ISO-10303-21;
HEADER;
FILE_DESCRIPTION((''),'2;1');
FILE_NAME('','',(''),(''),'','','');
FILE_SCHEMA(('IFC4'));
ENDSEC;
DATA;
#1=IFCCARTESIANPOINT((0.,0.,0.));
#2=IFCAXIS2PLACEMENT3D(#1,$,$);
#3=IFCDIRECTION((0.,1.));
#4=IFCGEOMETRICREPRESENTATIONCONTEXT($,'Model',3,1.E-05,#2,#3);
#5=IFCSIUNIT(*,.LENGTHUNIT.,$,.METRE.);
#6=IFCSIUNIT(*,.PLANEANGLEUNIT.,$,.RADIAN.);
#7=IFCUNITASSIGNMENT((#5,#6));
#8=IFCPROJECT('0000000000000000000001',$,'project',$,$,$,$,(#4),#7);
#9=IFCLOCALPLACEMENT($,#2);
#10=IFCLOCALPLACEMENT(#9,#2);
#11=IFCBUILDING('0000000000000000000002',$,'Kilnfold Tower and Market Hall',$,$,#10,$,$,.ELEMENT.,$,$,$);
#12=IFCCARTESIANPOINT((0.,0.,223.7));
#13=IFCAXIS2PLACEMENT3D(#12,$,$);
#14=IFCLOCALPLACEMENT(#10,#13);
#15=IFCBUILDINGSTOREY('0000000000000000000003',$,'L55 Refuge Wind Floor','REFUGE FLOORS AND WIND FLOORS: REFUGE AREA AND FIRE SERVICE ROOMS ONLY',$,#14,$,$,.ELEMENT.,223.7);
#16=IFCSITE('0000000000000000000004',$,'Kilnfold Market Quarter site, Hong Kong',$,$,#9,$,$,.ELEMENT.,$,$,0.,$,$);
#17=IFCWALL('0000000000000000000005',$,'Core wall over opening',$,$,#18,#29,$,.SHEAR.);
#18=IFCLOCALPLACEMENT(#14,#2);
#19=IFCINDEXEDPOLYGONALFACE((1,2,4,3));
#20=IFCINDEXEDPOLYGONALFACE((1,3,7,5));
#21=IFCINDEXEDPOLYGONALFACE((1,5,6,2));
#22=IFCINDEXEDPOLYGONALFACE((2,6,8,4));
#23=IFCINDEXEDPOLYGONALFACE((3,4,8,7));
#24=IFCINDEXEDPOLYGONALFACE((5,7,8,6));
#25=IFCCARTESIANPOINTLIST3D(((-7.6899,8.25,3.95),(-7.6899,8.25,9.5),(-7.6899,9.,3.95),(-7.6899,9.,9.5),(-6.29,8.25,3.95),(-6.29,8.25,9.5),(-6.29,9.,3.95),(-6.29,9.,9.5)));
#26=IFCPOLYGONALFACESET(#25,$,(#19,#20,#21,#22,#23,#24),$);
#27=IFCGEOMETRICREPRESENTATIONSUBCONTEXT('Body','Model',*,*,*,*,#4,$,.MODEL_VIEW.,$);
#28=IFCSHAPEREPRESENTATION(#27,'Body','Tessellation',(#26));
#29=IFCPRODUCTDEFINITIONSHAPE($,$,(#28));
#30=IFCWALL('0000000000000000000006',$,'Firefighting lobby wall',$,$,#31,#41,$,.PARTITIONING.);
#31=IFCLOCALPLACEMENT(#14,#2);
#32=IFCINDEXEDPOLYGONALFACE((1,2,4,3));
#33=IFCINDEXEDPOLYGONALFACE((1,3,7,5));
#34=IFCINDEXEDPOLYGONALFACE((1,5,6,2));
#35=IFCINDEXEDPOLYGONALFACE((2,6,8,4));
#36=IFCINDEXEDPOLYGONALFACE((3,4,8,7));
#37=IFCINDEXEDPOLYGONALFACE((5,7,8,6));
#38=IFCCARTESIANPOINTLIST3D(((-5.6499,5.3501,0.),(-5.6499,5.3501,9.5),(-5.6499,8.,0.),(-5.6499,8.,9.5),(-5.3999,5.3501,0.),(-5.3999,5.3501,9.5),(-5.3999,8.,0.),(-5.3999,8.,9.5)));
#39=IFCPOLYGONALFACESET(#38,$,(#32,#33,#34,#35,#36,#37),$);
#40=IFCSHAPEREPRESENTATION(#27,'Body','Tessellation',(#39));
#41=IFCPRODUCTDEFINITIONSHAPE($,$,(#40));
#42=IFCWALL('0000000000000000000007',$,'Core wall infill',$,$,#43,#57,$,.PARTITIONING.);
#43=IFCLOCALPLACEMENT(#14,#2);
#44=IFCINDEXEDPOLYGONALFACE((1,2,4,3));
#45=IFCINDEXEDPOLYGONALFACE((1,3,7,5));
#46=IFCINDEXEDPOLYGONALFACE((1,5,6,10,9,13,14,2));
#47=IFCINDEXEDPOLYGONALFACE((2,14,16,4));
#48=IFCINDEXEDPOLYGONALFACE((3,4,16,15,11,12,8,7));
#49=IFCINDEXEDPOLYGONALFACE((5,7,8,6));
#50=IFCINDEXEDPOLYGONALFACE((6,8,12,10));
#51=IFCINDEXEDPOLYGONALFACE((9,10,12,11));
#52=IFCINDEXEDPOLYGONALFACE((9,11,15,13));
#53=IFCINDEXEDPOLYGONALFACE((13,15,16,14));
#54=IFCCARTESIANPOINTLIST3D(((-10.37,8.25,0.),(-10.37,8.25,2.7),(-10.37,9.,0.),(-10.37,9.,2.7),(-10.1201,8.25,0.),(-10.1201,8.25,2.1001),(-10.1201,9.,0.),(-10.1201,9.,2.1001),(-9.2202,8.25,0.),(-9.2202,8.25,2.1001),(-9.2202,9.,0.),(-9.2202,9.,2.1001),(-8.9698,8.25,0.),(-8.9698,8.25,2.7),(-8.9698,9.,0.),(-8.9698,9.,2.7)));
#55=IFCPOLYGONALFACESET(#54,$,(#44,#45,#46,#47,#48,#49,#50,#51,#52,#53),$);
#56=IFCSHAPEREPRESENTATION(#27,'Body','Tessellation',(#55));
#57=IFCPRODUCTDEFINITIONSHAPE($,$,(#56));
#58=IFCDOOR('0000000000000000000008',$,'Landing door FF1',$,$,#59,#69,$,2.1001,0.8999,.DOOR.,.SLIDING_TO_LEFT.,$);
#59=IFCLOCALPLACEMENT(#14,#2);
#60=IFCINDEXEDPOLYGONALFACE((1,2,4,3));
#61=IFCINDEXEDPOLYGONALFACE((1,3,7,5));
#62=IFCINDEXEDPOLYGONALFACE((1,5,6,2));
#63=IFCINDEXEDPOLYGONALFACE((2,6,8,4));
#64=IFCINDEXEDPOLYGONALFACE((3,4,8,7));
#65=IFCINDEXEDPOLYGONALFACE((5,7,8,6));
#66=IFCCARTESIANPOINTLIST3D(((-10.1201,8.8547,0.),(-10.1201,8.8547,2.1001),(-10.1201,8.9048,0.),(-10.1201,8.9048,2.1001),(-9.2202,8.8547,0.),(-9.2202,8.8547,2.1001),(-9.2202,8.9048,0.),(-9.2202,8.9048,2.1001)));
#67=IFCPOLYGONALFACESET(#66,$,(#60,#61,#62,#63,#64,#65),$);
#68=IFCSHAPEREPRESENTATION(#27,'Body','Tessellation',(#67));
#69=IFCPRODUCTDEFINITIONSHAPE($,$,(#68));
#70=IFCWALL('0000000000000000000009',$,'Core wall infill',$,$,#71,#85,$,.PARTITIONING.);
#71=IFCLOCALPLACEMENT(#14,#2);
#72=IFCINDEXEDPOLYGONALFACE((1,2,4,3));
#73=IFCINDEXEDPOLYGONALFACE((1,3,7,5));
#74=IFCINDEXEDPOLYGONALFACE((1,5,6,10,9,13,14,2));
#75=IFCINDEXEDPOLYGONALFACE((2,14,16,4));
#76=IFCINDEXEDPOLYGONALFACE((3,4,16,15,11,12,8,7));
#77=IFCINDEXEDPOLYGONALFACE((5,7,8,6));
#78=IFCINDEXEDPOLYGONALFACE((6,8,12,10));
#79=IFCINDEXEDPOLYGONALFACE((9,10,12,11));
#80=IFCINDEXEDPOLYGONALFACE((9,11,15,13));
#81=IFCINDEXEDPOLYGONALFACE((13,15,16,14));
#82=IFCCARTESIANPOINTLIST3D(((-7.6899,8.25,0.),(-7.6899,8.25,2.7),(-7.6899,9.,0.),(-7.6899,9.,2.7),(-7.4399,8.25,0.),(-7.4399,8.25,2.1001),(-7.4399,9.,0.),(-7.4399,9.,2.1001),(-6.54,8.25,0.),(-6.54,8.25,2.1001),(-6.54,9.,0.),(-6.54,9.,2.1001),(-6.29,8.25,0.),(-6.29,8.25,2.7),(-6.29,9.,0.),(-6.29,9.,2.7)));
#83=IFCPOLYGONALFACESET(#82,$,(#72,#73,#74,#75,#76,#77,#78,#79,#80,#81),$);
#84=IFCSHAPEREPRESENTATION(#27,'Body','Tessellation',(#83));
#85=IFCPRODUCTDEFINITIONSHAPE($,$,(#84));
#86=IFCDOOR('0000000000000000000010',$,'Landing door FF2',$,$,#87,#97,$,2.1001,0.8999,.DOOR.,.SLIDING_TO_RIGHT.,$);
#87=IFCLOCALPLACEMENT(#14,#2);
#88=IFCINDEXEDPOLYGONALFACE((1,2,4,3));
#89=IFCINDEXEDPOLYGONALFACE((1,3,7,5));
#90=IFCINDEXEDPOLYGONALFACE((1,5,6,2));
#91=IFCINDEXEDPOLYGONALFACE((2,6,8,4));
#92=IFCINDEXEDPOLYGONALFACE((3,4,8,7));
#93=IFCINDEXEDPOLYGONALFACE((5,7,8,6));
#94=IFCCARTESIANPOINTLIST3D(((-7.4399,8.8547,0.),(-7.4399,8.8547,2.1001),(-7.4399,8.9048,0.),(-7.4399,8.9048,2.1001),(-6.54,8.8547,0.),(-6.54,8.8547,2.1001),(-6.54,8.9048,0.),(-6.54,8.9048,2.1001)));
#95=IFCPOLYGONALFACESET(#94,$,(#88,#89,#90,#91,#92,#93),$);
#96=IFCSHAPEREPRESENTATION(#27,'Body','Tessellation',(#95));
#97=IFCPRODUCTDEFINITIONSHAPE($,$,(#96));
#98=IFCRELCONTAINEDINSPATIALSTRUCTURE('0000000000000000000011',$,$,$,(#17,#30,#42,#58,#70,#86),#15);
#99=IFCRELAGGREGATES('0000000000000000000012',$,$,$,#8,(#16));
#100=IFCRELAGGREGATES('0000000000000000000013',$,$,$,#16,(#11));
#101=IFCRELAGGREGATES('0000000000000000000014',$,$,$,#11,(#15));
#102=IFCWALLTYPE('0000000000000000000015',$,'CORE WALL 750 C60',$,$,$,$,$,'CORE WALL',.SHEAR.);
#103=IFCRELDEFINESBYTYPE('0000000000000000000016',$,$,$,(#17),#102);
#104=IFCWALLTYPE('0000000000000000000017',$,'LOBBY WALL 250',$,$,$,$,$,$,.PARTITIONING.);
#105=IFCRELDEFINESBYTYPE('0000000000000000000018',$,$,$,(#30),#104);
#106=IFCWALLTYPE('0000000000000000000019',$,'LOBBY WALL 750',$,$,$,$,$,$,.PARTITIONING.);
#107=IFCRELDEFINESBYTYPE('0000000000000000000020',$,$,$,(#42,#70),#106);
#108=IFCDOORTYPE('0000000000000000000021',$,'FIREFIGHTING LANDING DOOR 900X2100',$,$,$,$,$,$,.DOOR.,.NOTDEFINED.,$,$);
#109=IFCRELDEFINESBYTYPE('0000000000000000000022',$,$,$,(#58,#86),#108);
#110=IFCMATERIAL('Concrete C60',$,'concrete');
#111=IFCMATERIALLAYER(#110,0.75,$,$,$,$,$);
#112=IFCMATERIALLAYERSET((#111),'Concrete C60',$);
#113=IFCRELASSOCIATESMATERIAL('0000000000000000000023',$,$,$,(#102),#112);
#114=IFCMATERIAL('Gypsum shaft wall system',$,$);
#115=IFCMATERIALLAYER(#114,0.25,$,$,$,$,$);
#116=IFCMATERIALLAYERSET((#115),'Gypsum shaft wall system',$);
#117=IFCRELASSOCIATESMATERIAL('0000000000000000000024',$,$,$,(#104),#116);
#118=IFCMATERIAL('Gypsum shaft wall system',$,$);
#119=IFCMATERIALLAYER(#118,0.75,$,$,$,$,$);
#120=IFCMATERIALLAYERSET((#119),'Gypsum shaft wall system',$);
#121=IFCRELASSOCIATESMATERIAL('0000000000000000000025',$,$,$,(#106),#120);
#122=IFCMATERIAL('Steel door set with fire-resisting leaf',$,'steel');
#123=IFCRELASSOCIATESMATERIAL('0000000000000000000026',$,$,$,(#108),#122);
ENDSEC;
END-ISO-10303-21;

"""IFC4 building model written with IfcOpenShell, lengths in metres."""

from ifc_helpers import new_model, si_unit, direction, frame, frame_2d, origin, place, context, subcontext, project, spatial, rectangle, extrude, source, transform, mapped, material, layer, layer_set, type_object, element, fill, save


model = new_model("IFC4")

# Units and contexts
model_context = context("Model", 3, precision=1e-05, world=origin(), true_north=direction((0.0, 1.0)))
body_context = subcontext(model_context, "Body", "Model", "MODEL_VIEW")
ifc_project = project(units=[si_unit("LENGTHUNIT", "METRE"), si_unit("PLANEANGLEUNIT", "RADIAN")], contexts=[model_context])

# Site, building, storey
site_placement = place(None, origin())
site = spatial("IfcSite", under=ifc_project, at=site_placement, Name="Kilnfold Market Quarter site, Hong Kong", CompositionType="ELEMENT", RefElevation=0.0)
building_placement = place(site_placement, origin())
building = spatial("IfcBuilding", under=site, at=building_placement, Name="Kilnfold Tower and Market Hall", CompositionType="ELEMENT")
storey_placement = place(building_placement, frame((0.0, 0.0, 223.7)))
storey = spatial("IfcBuildingStorey", under=building, at=storey_placement, Name="L55 Refuge Wind Floor", Description="REFUGE FLOORS AND WIND FLOORS: REFUGE AREA AND FIRE SERVICE ROOMS ONLY", CompositionType="ELEMENT", Elevation=223.7)

# Walls
ifc_material_1 = material(Name="Concrete C60", Category="concrete")
ifc_layer_1 = layer(ifc_material_1, 0.75)
ifc_layer_set_1 = layer_set([ifc_layer_1], Name="Concrete C60")
wall_type_1 = type_object("IfcWallType", Name="CORE WALL 750 C60", ElementType="CORE WALL", PredefinedType="SHEAR", material=ifc_layer_set_1)
shared_shape_1 = source(origin(), body_context, "Body", "SweptSolid", [
    extrude(rectangle(XDim=1.3999, YDim=0.75, at=frame_2d((0.7, 0.0))), origin(), (0.0, 0.0, 1.0), 5.55),
])
wall_1_placement = place(storey_placement, frame((-7.6899, 8.625, 3.95), z_axis=(0.0, 0.0, 1.0), x_axis=(1.0, 0.0, 0.0)))
element("IfcWall", 1, at=wall_1_placement, inside=storey, type_object=wall_type_1, Name="Core wall over opening", PredefinedType="SHEAR", context=body_context, shape_type="MappedRepresentation", body=[
    mapped(shared_shape_1, transform((0.0, 0.0, 0.0))),
])
ifc_material_2 = material(Name="Gypsum shaft wall system")
ifc_layer_2 = layer(ifc_material_2, 0.25)
ifc_layer_set_2 = layer_set([ifc_layer_2], Name="Gypsum shaft wall system")
wall_type_2 = type_object("IfcWallType", Name="LOBBY WALL 250", PredefinedType="PARTITIONING", material=ifc_layer_set_2)
shared_shape_2 = source(origin(), body_context, "Body", "SweptSolid", [
    extrude(rectangle(XDim=2.6499, YDim=0.25, at=frame_2d((1.325, 0.0))), origin(), (0.0, 0.0, 1.0), 9.5),
])
wall_2_placement = place(storey_placement, frame((-5.5249, 5.3501, 0.0), z_axis=(0.0, 0.0, 1.0), x_axis=(0.0, 1.0, 0.0)))
element("IfcWall", 2, at=wall_2_placement, inside=storey, type_object=wall_type_2, Name="Firefighting lobby wall", PredefinedType="PARTITIONING", context=body_context, shape_type="MappedRepresentation", body=[
    mapped(shared_shape_2, transform((0.0, 0.0, 0.0))),
])

# Walls, openings, doors
ifc_material_3 = material(Name="Gypsum shaft wall system")
ifc_layer_3 = layer(ifc_material_3, 0.75)
ifc_layer_set_3 = layer_set([ifc_layer_3], Name="Gypsum shaft wall system")
wall_type_3 = type_object("IfcWallType", Name="LOBBY WALL 750", PredefinedType="PARTITIONING", material=ifc_layer_set_3)
shared_shape_3 = source(origin(), body_context, "Body", "SweptSolid", [
    extrude(rectangle(XDim=1.4001, YDim=0.75, at=frame_2d((0.7002, 0.0))), origin(), (0.0, 0.0, 1.0), 2.7),
])
wall_3_placement = place(storey_placement, frame((-10.3701, 8.625, 0.0), z_axis=(0.0, 0.0, 1.0), x_axis=(1.0, 0.0, 0.0)))
wall_3 = element("IfcWall", 3, at=wall_3_placement, inside=storey, type_object=wall_type_3, Name="Core wall infill", PredefinedType="PARTITIONING", context=body_context, shape_type="MappedRepresentation", body=[
    mapped(shared_shape_3, transform((0.0, 0.0, 0.0))),
])
opening_1_placement = place(wall_3_placement, frame((0.25, 0.0, 0.0)))
opening_1 = element("IfcOpeningElement", 4, at=opening_1_placement, cuts=wall_3, PredefinedType="OPENING", context=body_context, shape_type="SweptSolid", body=[
    extrude(rectangle(XDim=0.8999, YDim=2.1001, at=frame_2d((0.45, 1.05))), frame((0.0, 0.385, 0.0), z_axis=(0.0, -1.0, 0.0), x_axis=(1.0, 0.0, 0.0)), (0.0, 0.0, 1.0), 0.77),
])
ifc_material_4 = material(Name="Steel door set with fire-resisting leaf", Category="steel")
door_type = type_object("IfcDoorType", Name="FIREFIGHTING LANDING DOOR 900X2100", OperationType="NOTDEFINED", PredefinedType="DOOR", material=ifc_material_4)
door_1_placement = place(opening_1_placement, origin())
door_1 = element("IfcDoor", 5, at=door_1_placement, inside=storey, type_object=door_type, Name="Landing door FF1", OperationType="SLIDING_TO_LEFT", OverallHeight=2.1001, OverallWidth=0.8999, PredefinedType="DOOR", context=body_context, shape_type="SweptSolid", body=[
    extrude(rectangle(XDim=0.8999, YDim=2.1001, at=frame_2d((0.45, 1.05))), frame((0.0, 0.2798, 0.0), z_axis=(0.0, -1.0, 0.0), x_axis=(1.0, 0.0, 0.0)), (0.0, 0.0, 1.0), 0.05),
])
fill(opening_1, door_1)
shared_shape_4 = source(origin(), body_context, "Body", "SweptSolid", [
    extrude(rectangle(XDim=1.3999, YDim=0.75, at=frame_2d((0.7, 0.0))), origin(), (0.0, 0.0, 1.0), 2.7),
])
wall_4_placement = place(storey_placement, frame((-7.6899, 8.625, 0.0), z_axis=(0.0, 0.0, 1.0), x_axis=(1.0, 0.0, 0.0)))
wall_4 = element("IfcWall", 6, at=wall_4_placement, inside=storey, type_object=wall_type_3, Name="Core wall infill", PredefinedType="PARTITIONING", context=body_context, shape_type="MappedRepresentation", body=[
    mapped(shared_shape_4, transform((0.0, 0.0, 0.0))),
])
opening_2_placement = place(wall_4_placement, frame((0.25, 0.0, 0.0)))
opening_2 = element("IfcOpeningElement", 7, at=opening_2_placement, cuts=wall_4, PredefinedType="OPENING", context=body_context, shape_type="SweptSolid", body=[
    extrude(rectangle(XDim=0.8999, YDim=2.1001, at=frame_2d((0.45, 1.05))), frame((0.0, 0.385, 0.0), z_axis=(0.0, -1.0, 0.0), x_axis=(1.0, 0.0, 0.0)), (0.0, 0.0, 1.0), 0.77),
])
door_2_placement = place(opening_2_placement, origin())
door_2 = element("IfcDoor", 8, at=door_2_placement, inside=storey, type_object=door_type, Name="Landing door FF2", OperationType="SLIDING_TO_RIGHT", OverallHeight=2.1001, OverallWidth=0.8999, PredefinedType="DOOR", context=body_context, shape_type="SweptSolid", body=[
    extrude(rectangle(XDim=0.8999, YDim=2.1001, at=frame_2d((0.45, 1.05))), frame((0.0, 0.2798, 0.0), z_axis=(0.0, -1.0, 0.0), x_axis=(1.0, 0.0, 0.0)), (0.0, 0.0, 1.0), 0.05),
])
fill(opening_2, door_2)

save(model, "model.ifc")
